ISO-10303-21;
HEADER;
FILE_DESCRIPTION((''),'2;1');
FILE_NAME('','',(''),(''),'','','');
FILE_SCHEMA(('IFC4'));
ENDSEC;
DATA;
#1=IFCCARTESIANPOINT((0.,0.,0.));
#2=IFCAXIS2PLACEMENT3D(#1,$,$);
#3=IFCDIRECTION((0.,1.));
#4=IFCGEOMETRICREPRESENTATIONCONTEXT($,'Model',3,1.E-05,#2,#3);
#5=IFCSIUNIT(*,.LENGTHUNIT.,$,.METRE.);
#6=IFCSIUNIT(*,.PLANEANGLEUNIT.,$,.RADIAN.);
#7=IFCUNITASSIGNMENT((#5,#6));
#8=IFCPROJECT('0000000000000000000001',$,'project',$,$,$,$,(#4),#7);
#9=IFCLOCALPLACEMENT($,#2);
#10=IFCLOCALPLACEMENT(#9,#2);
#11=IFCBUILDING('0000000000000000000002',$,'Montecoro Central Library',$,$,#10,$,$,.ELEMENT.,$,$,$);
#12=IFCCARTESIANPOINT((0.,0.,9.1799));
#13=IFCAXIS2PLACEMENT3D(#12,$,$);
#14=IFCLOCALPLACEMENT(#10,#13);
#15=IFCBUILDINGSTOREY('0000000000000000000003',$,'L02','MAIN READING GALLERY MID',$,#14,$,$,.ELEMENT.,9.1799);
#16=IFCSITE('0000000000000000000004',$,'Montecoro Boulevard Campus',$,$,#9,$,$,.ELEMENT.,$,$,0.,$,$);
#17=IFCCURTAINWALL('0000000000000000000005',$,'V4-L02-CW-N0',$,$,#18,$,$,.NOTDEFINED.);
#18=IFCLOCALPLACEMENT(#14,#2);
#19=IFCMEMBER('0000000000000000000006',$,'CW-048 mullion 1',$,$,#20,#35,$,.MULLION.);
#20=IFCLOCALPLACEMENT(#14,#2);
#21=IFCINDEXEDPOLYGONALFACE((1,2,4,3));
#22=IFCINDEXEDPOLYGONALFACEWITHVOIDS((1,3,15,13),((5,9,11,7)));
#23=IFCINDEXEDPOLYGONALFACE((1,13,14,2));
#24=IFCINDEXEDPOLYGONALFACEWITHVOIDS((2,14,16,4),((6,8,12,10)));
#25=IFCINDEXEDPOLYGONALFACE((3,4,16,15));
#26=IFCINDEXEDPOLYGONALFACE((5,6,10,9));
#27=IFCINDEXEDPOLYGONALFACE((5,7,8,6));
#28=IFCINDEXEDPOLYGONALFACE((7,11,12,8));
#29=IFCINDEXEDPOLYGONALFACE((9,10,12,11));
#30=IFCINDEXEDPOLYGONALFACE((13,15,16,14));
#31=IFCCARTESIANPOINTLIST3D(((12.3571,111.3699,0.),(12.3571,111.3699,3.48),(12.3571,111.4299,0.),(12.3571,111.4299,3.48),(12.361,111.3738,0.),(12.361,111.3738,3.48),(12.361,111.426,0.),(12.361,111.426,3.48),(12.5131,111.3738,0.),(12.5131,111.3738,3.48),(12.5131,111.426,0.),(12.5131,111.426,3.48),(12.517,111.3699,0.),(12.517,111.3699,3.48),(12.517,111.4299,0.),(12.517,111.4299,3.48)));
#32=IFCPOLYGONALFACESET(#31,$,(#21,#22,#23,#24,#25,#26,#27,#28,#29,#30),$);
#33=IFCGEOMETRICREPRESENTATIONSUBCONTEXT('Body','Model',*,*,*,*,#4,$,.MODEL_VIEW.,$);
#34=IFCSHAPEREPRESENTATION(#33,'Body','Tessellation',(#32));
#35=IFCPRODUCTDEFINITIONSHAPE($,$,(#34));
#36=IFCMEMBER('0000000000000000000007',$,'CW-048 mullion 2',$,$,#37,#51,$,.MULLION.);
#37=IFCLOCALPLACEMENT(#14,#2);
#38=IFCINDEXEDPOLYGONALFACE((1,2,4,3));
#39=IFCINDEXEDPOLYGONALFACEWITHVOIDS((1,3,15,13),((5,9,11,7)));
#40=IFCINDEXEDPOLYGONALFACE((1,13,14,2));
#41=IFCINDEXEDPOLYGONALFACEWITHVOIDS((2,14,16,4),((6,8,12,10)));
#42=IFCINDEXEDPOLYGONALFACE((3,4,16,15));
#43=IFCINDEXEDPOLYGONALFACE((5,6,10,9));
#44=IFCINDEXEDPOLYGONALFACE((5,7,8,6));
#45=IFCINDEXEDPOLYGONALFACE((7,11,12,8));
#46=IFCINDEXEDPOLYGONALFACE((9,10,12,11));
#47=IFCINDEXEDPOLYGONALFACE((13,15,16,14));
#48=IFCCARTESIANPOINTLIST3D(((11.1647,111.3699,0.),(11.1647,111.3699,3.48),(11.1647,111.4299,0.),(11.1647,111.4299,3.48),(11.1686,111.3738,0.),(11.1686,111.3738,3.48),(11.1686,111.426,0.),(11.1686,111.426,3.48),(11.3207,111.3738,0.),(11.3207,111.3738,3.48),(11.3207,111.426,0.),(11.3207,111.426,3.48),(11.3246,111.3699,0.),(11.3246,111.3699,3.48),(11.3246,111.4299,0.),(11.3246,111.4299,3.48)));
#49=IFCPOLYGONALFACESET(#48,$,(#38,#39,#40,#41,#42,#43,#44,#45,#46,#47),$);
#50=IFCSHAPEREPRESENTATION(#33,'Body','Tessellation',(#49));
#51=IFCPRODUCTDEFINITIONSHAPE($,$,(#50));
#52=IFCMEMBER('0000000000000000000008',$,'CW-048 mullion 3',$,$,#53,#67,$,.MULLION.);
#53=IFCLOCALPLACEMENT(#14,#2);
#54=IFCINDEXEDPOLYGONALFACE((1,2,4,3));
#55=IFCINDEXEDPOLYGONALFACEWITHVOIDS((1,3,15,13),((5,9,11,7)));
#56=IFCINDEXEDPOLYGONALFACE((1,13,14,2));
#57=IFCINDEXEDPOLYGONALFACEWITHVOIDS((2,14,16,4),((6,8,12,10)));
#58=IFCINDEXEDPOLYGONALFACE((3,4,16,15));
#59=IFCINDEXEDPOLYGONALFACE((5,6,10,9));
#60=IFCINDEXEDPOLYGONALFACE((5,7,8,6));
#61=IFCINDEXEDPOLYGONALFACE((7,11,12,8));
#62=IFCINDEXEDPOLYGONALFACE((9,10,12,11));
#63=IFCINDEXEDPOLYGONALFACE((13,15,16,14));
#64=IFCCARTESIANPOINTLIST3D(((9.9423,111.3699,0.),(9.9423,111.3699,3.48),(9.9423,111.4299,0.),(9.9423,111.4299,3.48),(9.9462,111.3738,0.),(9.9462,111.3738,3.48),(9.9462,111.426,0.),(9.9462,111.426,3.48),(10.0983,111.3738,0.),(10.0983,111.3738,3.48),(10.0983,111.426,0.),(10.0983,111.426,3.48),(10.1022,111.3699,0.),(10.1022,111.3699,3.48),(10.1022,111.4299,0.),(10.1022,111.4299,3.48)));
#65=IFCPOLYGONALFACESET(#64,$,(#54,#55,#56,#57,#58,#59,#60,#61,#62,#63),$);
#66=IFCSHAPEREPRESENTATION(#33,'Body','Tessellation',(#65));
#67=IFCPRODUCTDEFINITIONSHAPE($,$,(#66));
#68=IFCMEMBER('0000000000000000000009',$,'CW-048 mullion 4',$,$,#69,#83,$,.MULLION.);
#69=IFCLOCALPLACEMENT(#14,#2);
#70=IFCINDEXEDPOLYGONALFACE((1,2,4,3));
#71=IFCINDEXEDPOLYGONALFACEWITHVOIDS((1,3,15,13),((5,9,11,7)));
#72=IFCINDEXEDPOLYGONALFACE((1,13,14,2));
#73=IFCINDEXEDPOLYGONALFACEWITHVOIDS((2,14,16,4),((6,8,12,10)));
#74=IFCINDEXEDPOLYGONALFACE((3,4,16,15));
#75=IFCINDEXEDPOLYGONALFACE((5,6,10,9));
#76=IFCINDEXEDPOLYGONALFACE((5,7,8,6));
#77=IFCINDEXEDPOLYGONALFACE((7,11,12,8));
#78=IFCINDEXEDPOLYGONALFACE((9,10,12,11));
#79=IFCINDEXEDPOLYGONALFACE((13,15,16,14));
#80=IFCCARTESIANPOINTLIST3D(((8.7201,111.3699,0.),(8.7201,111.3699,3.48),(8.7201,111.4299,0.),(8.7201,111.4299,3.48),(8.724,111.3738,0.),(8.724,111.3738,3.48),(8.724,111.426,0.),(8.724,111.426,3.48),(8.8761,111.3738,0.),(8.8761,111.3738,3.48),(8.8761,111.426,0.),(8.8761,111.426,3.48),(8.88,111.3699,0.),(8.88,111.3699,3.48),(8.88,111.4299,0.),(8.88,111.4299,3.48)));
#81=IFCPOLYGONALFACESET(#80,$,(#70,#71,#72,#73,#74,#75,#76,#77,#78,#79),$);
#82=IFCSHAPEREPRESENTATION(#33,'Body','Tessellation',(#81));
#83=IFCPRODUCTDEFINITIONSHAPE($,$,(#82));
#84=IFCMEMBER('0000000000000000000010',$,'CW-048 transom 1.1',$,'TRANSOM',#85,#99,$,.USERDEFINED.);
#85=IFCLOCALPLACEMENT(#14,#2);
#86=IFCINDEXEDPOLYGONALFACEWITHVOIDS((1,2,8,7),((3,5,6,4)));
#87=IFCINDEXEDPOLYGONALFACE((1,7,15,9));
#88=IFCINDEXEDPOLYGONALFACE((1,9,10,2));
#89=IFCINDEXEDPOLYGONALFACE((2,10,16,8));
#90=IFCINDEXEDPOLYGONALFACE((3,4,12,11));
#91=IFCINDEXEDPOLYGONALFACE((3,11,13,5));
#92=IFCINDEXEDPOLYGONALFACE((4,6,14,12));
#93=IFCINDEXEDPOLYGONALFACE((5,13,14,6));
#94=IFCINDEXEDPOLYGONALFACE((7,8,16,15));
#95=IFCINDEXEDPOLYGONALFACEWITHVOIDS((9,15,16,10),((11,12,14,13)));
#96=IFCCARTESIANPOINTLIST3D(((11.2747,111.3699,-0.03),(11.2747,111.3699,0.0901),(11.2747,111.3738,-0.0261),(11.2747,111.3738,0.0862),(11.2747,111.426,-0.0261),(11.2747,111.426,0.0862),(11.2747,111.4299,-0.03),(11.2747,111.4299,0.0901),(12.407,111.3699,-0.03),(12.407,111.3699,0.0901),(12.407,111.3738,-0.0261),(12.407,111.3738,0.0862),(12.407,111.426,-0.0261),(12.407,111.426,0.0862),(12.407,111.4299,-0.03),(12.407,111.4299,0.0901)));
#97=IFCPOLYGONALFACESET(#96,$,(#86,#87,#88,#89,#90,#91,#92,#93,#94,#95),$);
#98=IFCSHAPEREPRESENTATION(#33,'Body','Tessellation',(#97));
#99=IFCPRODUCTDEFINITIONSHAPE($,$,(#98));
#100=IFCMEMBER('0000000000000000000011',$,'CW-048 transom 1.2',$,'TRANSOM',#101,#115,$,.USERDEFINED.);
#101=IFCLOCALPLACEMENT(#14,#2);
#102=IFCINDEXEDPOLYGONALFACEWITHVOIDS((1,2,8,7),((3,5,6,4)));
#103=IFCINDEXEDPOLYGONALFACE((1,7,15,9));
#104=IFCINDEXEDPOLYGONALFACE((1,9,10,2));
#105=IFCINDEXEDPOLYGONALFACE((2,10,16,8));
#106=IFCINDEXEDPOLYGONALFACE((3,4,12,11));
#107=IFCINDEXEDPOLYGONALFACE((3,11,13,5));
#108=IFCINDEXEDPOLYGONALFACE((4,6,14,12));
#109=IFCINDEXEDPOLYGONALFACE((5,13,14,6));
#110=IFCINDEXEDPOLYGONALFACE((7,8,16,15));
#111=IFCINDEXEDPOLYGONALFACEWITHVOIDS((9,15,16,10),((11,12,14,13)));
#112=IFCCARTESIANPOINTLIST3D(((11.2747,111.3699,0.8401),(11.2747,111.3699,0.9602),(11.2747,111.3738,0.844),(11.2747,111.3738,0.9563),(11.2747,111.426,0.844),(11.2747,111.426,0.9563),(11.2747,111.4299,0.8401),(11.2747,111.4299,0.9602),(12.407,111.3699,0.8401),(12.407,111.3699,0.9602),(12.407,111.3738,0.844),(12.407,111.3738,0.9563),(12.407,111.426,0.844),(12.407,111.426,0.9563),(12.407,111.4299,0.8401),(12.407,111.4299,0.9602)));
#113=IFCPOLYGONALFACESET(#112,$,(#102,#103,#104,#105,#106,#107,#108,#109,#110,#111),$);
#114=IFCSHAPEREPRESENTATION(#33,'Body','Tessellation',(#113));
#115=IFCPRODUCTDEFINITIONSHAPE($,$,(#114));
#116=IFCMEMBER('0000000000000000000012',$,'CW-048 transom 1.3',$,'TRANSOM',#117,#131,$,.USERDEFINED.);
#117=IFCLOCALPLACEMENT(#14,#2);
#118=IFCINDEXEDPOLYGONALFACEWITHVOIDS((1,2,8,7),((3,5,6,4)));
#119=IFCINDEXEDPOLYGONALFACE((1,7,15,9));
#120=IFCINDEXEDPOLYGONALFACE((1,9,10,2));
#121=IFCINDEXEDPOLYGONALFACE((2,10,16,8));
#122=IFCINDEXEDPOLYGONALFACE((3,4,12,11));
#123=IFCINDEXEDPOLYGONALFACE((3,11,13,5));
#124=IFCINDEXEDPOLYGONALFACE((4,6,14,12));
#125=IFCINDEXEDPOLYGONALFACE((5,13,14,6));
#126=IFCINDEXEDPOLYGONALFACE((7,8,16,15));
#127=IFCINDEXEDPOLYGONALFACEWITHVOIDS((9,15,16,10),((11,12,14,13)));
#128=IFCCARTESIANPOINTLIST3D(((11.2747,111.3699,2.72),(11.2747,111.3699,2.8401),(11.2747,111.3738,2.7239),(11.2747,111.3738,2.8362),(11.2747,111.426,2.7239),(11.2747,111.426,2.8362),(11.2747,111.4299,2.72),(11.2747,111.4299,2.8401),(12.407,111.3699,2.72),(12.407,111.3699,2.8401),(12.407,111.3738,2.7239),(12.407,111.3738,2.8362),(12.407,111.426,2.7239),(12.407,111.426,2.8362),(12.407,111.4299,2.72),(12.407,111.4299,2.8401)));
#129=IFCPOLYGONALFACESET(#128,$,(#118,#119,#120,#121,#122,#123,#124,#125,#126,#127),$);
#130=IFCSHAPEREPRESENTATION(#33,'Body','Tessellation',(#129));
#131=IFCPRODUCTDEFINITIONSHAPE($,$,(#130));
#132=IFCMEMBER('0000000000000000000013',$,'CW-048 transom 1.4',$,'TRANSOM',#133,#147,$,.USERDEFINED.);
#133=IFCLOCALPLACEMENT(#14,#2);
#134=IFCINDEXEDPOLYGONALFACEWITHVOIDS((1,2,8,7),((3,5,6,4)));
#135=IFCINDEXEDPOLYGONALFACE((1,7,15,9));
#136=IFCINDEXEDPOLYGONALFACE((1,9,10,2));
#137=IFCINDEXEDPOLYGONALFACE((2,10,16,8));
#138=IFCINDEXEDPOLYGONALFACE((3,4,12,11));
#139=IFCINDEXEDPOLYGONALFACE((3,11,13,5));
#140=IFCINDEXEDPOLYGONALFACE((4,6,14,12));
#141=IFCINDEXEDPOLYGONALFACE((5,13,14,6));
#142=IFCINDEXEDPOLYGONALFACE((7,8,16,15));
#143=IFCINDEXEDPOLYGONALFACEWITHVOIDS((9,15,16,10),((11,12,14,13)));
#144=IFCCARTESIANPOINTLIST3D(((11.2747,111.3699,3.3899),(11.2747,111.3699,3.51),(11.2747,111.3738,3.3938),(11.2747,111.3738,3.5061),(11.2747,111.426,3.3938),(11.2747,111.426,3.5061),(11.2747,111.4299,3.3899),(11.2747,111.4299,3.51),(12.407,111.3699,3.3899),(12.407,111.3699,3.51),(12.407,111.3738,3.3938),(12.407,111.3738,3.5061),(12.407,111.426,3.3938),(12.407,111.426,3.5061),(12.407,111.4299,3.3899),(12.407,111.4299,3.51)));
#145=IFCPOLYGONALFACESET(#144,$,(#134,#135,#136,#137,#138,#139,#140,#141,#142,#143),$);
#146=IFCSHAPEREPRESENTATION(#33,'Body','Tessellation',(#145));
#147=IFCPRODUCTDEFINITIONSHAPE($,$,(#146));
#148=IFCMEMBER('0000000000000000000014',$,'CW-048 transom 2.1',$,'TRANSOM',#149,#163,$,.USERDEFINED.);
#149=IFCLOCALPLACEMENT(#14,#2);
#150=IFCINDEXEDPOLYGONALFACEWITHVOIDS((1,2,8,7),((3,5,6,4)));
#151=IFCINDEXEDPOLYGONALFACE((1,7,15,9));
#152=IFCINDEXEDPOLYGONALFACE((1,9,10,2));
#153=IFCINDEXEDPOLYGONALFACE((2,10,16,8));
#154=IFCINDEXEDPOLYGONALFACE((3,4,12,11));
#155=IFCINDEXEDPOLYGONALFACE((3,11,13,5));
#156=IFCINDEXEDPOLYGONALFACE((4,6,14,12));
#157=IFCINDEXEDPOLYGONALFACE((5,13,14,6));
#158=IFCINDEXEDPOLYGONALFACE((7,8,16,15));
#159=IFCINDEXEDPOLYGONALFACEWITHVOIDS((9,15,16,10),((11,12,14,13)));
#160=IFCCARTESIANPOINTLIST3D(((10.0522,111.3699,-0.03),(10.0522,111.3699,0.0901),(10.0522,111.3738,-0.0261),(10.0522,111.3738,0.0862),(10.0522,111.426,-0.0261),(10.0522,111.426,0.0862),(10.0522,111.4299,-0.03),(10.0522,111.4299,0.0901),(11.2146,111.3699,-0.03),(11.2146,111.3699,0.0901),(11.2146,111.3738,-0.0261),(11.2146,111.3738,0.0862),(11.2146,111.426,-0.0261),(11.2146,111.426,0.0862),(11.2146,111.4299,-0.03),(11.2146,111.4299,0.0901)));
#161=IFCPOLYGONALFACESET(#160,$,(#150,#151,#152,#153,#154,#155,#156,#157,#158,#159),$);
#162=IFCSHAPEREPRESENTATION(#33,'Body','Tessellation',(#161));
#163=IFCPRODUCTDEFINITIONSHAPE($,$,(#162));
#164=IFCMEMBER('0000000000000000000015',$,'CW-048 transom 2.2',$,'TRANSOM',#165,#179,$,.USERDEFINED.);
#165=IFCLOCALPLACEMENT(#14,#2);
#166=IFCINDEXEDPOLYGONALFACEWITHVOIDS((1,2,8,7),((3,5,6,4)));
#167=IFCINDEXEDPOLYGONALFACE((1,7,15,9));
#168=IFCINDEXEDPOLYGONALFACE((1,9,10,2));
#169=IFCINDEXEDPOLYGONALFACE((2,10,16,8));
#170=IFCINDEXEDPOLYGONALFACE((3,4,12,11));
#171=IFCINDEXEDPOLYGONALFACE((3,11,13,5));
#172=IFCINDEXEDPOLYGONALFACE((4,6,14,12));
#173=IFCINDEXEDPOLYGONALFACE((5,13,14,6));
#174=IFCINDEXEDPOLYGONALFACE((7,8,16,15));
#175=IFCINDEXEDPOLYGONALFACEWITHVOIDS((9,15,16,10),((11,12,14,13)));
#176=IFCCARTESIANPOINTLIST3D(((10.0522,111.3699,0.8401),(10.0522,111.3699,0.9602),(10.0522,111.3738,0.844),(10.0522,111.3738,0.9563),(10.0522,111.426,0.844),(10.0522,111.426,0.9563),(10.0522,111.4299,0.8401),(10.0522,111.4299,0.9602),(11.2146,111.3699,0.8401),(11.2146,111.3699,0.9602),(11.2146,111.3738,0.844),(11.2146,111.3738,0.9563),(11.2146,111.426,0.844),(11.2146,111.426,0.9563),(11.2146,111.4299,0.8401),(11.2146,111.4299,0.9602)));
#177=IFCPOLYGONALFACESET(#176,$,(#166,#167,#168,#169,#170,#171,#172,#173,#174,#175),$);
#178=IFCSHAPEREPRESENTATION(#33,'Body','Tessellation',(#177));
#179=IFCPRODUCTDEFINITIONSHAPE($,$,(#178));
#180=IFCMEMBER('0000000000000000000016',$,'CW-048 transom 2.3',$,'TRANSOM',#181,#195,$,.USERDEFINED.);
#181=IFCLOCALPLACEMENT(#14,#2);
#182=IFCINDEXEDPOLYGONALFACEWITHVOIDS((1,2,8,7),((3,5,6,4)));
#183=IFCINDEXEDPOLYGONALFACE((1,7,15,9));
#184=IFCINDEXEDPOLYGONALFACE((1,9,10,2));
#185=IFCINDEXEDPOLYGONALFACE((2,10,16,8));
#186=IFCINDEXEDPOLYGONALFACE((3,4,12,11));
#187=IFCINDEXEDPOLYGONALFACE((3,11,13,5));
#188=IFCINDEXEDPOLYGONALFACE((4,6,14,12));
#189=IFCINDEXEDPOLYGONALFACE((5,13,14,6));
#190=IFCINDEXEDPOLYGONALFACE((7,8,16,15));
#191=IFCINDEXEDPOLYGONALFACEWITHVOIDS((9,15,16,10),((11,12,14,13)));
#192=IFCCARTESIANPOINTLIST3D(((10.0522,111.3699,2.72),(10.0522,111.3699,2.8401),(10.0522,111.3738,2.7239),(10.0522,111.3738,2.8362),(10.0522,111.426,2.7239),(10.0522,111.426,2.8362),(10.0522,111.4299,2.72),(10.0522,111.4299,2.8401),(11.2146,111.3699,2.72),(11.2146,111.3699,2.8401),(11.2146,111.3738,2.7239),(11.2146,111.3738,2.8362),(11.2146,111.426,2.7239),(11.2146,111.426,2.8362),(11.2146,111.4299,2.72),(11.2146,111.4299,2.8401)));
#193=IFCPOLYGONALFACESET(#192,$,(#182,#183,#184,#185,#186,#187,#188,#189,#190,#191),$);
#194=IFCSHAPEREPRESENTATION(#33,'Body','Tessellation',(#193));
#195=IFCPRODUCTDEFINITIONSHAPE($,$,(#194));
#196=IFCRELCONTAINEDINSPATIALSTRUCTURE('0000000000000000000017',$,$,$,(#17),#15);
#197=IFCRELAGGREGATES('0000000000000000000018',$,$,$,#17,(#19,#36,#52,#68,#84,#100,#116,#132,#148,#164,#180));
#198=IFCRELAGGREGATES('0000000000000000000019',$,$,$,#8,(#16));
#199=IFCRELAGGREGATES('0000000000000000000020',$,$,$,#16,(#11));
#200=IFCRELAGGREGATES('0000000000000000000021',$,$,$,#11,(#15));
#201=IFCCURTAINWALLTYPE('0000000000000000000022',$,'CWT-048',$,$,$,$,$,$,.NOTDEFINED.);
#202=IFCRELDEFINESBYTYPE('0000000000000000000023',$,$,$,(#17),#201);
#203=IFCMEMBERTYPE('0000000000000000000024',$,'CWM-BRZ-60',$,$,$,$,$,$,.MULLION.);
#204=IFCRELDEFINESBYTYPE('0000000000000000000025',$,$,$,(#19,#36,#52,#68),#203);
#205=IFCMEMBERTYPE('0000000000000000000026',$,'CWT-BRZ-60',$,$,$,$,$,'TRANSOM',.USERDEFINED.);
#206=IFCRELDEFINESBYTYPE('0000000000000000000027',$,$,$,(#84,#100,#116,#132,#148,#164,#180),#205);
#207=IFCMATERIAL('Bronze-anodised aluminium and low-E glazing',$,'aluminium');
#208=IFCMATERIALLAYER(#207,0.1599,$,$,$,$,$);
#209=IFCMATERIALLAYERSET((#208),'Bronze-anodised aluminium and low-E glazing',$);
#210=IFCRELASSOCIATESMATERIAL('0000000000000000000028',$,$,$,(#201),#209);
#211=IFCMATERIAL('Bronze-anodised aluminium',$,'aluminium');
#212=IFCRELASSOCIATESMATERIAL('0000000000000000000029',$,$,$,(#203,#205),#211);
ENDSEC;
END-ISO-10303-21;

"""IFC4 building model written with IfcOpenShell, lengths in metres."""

from ifc_helpers import new_model, si_unit, direction, frame, origin, origin_2d, place, context, subcontext, project, spatial, hollow_rectangle, extrude, material, layer, layer_set, material_profile, profile_set, type_object, element, aggregate, save


model = new_model("IFC4")

# Units and contexts
model_context = context("Model", 3, precision=1e-05, world=origin(), true_north=direction((0.0, 1.0)))
body_context = subcontext(model_context, "Body", "Model", "MODEL_VIEW")
ifc_project = project(units=[si_unit("LENGTHUNIT", "METRE"), si_unit("PLANEANGLEUNIT", "RADIAN")], contexts=[model_context])

# Site, building, storey
site_placement = place(None, origin())
site = spatial("IfcSite", under=ifc_project, at=site_placement, Name="Montecoro Boulevard Campus", CompositionType="ELEMENT", RefElevation=0.0)
building_placement = place(site_placement, origin())
building = spatial("IfcBuilding", under=site, at=building_placement, Name="Montecoro Central Library", CompositionType="ELEMENT")
storey_placement = place(building_placement, frame((0.0, 0.0, 9.1799)))
storey = spatial("IfcBuildingStorey", under=building, at=storey_placement, Name="L02", Description="MAIN READING GALLERY MID", CompositionType="ELEMENT", Elevation=9.1799)

# Curtain wall, members
ifc_material_1 = material(Name="Bronze-anodised aluminium and low-E glazing", Category="aluminium")
ifc_layer_1 = layer(ifc_material_1, 0.1599)
ifc_layer_set_1 = layer_set([ifc_layer_1], Name="Bronze-anodised aluminium and low-E glazing")
curtain_wall_type = type_object("IfcCurtainWallType", Name="CWT-048", PredefinedType="NOTDEFINED", material=ifc_layer_set_1)
curtain_wall_placement = place(storey_placement, origin())
curtain_wall = element("IfcCurtainWall", 1, at=curtain_wall_placement, inside=storey, type_object=curtain_wall_type, Name="V4-L02-CW-N0", PredefinedType="NOTDEFINED")
ifc_material_2 = material(Name="Bronze-anodised aluminium", Category="aluminium")
ifc_material_profile_1 = material_profile(ifc_material_2, hollow_rectangle(XDim=0.0601, YDim=0.1599, WallThickness=0.0039, at=origin_2d()), Name="CWM 160x60x4.0")
ifc_profile_set_1 = profile_set([ifc_material_profile_1], Name="Bronze-anodised aluminium")
member_type_1 = type_object("IfcMemberType", Name="CWM-BRZ-60", PredefinedType="MULLION", material=ifc_profile_set_1)
member_1_placement = place(storey_placement, frame((12.437, 111.3999, 0.0), z_axis=(0.0, 0.0, 1.0), x_axis=(0.0, -1.0, 0.0)))
member_1 = element("IfcMember", 2, at=member_1_placement, type_object=member_type_1, Name="CW-048 mullion 1", PredefinedType="MULLION", context=body_context, shape_type="SweptSolid", body=[
    extrude(hollow_rectangle(XDim=0.0601, YDim=0.1599, WallThickness=0.0039, at=origin_2d()), origin(), (0.0, 0.0, 1.0), 3.48),
])
member_2_placement = place(storey_placement, frame((11.2446, 111.3999, 0.0), z_axis=(0.0, 0.0, 1.0), x_axis=(0.0, -1.0, 0.0)))
member_2 = element("IfcMember", 3, at=member_2_placement, type_object=member_type_1, Name="CW-048 mullion 2", PredefinedType="MULLION", context=body_context, shape_type="SweptSolid", body=[
    extrude(hollow_rectangle(XDim=0.0601, YDim=0.1599, WallThickness=0.0039, at=origin_2d()), origin(), (0.0, 0.0, 1.0), 3.48),
])
member_3_placement = place(storey_placement, frame((10.0222, 111.3999, 0.0), z_axis=(0.0, 0.0, 1.0), x_axis=(0.0, -1.0, 0.0)))
member_3 = element("IfcMember", 4, at=member_3_placement, type_object=member_type_1, Name="CW-048 mullion 3", PredefinedType="MULLION", context=body_context, shape_type="SweptSolid", body=[
    extrude(hollow_rectangle(XDim=0.0601, YDim=0.1599, WallThickness=0.0039, at=origin_2d()), origin(), (0.0, 0.0, 1.0), 3.48),
])
member_4_placement = place(storey_placement, frame((8.8, 111.3999, 0.0), z_axis=(0.0, 0.0, 1.0), x_axis=(0.0, -1.0, 0.0)))
member_4 = element("IfcMember", 5, at=member_4_placement, type_object=member_type_1, Name="CW-048 mullion 4", PredefinedType="MULLION", context=body_context, shape_type="SweptSolid", body=[
    extrude(hollow_rectangle(XDim=0.0601, YDim=0.1599, WallThickness=0.0039, at=origin_2d()), origin(), (0.0, 0.0, 1.0), 3.48),
])
ifc_material_profile_2 = material_profile(ifc_material_2, hollow_rectangle(XDim=0.0601, YDim=0.1201, WallThickness=0.0039, at=origin_2d()), Name="CWT 120x60x4.0")
ifc_profile_set_2 = profile_set([ifc_material_profile_2], Name="Bronze-anodised aluminium")
member_type_2 = type_object("IfcMemberType", Name="CWT-BRZ-60", ElementType="TRANSOM", PredefinedType="USERDEFINED", material=ifc_profile_set_2)
member_5_placement = place(storey_placement, frame((12.407, 111.3999, 0.03), z_axis=(-1.0, 0.0, 0.0), x_axis=(0.0, -1.0, 0.0)))
member_5 = element("IfcMember", 6, at=member_5_placement, type_object=member_type_2, Name="CW-048 transom 1.1", ObjectType="TRANSOM", PredefinedType="USERDEFINED", context=body_context, shape_type="SweptSolid", body=[
    extrude(hollow_rectangle(XDim=0.0601, YDim=0.1201, WallThickness=0.0039, at=origin_2d()), origin(), (0.0, 0.0, 1.0), 1.1323),
])
member_6_placement = place(storey_placement, frame((12.407, 111.3999, 0.9001), z_axis=(-1.0, 0.0, 0.0), x_axis=(0.0, -1.0, 0.0)))
member_6 = element("IfcMember", 7, at=member_6_placement, type_object=member_type_2, Name="CW-048 transom 1.2", ObjectType="TRANSOM", PredefinedType="USERDEFINED", context=body_context, shape_type="SweptSolid", body=[
    extrude(hollow_rectangle(XDim=0.0601, YDim=0.1201, WallThickness=0.0039, at=origin_2d()), origin(), (0.0, 0.0, 1.0), 1.1323),
])
member_7_placement = place(storey_placement, frame((12.407, 111.3999, 2.78), z_axis=(-1.0, 0.0, 0.0), x_axis=(0.0, -1.0, 0.0)))
member_7 = element("IfcMember", 8, at=member_7_placement, type_object=member_type_2, Name="CW-048 transom 1.3", ObjectType="TRANSOM", PredefinedType="USERDEFINED", context=body_context, shape_type="SweptSolid", body=[
    extrude(hollow_rectangle(XDim=0.0601, YDim=0.1201, WallThickness=0.0039, at=origin_2d()), origin(), (0.0, 0.0, 1.0), 1.1323),
])
member_8_placement = place(storey_placement, frame((12.407, 111.3999, 3.45), z_axis=(-1.0, 0.0, 0.0), x_axis=(0.0, -1.0, 0.0)))
member_8 = element("IfcMember", 9, at=member_8_placement, type_object=member_type_2, Name="CW-048 transom 1.4", ObjectType="TRANSOM", PredefinedType="USERDEFINED", context=body_context, shape_type="SweptSolid", body=[
    extrude(hollow_rectangle(XDim=0.0601, YDim=0.1201, WallThickness=0.0039, at=origin_2d()), origin(), (0.0, 0.0, 1.0), 1.1323),
])
member_9_placement = place(storey_placement, frame((11.2146, 111.3999, 0.03), z_axis=(-1.0, 0.0, 0.0), x_axis=(0.0, -1.0, 0.0)))
member_9 = element("IfcMember", 10, at=member_9_placement, type_object=member_type_2, Name="CW-048 transom 2.1", ObjectType="TRANSOM", PredefinedType="USERDEFINED", context=body_context, shape_type="SweptSolid", body=[
    extrude(hollow_rectangle(XDim=0.0601, YDim=0.1201, WallThickness=0.0039, at=origin_2d()), origin(), (0.0, 0.0, 1.0), 1.1624),
])
member_10_placement = place(storey_placement, frame((11.2146, 111.3999, 0.9001), z_axis=(-1.0, 0.0, 0.0), x_axis=(0.0, -1.0, 0.0)))
member_10 = element("IfcMember", 11, at=member_10_placement, type_object=member_type_2, Name="CW-048 transom 2.2", ObjectType="TRANSOM", PredefinedType="USERDEFINED", context=body_context, shape_type="SweptSolid", body=[
    extrude(hollow_rectangle(XDim=0.0601, YDim=0.1201, WallThickness=0.0039, at=origin_2d()), origin(), (0.0, 0.0, 1.0), 1.1624),
])
member_11_placement = place(storey_placement, frame((11.2146, 111.3999, 2.78), z_axis=(-1.0, 0.0, 0.0), x_axis=(0.0, -1.0, 0.0)))
member_11 = element("IfcMember", 12, at=member_11_placement, type_object=member_type_2, Name="CW-048 transom 2.3", ObjectType="TRANSOM", PredefinedType="USERDEFINED", context=body_context, shape_type="SweptSolid", body=[
    extrude(hollow_rectangle(XDim=0.0601, YDim=0.1201, WallThickness=0.0039, at=origin_2d()), origin(), (0.0, 0.0, 1.0), 1.1624),
])
aggregate(curtain_wall, [member_1, member_2, member_3, member_4, member_5, member_6, member_7, member_8, member_9, member_10, member_11])

save(model, "model.ifc")
